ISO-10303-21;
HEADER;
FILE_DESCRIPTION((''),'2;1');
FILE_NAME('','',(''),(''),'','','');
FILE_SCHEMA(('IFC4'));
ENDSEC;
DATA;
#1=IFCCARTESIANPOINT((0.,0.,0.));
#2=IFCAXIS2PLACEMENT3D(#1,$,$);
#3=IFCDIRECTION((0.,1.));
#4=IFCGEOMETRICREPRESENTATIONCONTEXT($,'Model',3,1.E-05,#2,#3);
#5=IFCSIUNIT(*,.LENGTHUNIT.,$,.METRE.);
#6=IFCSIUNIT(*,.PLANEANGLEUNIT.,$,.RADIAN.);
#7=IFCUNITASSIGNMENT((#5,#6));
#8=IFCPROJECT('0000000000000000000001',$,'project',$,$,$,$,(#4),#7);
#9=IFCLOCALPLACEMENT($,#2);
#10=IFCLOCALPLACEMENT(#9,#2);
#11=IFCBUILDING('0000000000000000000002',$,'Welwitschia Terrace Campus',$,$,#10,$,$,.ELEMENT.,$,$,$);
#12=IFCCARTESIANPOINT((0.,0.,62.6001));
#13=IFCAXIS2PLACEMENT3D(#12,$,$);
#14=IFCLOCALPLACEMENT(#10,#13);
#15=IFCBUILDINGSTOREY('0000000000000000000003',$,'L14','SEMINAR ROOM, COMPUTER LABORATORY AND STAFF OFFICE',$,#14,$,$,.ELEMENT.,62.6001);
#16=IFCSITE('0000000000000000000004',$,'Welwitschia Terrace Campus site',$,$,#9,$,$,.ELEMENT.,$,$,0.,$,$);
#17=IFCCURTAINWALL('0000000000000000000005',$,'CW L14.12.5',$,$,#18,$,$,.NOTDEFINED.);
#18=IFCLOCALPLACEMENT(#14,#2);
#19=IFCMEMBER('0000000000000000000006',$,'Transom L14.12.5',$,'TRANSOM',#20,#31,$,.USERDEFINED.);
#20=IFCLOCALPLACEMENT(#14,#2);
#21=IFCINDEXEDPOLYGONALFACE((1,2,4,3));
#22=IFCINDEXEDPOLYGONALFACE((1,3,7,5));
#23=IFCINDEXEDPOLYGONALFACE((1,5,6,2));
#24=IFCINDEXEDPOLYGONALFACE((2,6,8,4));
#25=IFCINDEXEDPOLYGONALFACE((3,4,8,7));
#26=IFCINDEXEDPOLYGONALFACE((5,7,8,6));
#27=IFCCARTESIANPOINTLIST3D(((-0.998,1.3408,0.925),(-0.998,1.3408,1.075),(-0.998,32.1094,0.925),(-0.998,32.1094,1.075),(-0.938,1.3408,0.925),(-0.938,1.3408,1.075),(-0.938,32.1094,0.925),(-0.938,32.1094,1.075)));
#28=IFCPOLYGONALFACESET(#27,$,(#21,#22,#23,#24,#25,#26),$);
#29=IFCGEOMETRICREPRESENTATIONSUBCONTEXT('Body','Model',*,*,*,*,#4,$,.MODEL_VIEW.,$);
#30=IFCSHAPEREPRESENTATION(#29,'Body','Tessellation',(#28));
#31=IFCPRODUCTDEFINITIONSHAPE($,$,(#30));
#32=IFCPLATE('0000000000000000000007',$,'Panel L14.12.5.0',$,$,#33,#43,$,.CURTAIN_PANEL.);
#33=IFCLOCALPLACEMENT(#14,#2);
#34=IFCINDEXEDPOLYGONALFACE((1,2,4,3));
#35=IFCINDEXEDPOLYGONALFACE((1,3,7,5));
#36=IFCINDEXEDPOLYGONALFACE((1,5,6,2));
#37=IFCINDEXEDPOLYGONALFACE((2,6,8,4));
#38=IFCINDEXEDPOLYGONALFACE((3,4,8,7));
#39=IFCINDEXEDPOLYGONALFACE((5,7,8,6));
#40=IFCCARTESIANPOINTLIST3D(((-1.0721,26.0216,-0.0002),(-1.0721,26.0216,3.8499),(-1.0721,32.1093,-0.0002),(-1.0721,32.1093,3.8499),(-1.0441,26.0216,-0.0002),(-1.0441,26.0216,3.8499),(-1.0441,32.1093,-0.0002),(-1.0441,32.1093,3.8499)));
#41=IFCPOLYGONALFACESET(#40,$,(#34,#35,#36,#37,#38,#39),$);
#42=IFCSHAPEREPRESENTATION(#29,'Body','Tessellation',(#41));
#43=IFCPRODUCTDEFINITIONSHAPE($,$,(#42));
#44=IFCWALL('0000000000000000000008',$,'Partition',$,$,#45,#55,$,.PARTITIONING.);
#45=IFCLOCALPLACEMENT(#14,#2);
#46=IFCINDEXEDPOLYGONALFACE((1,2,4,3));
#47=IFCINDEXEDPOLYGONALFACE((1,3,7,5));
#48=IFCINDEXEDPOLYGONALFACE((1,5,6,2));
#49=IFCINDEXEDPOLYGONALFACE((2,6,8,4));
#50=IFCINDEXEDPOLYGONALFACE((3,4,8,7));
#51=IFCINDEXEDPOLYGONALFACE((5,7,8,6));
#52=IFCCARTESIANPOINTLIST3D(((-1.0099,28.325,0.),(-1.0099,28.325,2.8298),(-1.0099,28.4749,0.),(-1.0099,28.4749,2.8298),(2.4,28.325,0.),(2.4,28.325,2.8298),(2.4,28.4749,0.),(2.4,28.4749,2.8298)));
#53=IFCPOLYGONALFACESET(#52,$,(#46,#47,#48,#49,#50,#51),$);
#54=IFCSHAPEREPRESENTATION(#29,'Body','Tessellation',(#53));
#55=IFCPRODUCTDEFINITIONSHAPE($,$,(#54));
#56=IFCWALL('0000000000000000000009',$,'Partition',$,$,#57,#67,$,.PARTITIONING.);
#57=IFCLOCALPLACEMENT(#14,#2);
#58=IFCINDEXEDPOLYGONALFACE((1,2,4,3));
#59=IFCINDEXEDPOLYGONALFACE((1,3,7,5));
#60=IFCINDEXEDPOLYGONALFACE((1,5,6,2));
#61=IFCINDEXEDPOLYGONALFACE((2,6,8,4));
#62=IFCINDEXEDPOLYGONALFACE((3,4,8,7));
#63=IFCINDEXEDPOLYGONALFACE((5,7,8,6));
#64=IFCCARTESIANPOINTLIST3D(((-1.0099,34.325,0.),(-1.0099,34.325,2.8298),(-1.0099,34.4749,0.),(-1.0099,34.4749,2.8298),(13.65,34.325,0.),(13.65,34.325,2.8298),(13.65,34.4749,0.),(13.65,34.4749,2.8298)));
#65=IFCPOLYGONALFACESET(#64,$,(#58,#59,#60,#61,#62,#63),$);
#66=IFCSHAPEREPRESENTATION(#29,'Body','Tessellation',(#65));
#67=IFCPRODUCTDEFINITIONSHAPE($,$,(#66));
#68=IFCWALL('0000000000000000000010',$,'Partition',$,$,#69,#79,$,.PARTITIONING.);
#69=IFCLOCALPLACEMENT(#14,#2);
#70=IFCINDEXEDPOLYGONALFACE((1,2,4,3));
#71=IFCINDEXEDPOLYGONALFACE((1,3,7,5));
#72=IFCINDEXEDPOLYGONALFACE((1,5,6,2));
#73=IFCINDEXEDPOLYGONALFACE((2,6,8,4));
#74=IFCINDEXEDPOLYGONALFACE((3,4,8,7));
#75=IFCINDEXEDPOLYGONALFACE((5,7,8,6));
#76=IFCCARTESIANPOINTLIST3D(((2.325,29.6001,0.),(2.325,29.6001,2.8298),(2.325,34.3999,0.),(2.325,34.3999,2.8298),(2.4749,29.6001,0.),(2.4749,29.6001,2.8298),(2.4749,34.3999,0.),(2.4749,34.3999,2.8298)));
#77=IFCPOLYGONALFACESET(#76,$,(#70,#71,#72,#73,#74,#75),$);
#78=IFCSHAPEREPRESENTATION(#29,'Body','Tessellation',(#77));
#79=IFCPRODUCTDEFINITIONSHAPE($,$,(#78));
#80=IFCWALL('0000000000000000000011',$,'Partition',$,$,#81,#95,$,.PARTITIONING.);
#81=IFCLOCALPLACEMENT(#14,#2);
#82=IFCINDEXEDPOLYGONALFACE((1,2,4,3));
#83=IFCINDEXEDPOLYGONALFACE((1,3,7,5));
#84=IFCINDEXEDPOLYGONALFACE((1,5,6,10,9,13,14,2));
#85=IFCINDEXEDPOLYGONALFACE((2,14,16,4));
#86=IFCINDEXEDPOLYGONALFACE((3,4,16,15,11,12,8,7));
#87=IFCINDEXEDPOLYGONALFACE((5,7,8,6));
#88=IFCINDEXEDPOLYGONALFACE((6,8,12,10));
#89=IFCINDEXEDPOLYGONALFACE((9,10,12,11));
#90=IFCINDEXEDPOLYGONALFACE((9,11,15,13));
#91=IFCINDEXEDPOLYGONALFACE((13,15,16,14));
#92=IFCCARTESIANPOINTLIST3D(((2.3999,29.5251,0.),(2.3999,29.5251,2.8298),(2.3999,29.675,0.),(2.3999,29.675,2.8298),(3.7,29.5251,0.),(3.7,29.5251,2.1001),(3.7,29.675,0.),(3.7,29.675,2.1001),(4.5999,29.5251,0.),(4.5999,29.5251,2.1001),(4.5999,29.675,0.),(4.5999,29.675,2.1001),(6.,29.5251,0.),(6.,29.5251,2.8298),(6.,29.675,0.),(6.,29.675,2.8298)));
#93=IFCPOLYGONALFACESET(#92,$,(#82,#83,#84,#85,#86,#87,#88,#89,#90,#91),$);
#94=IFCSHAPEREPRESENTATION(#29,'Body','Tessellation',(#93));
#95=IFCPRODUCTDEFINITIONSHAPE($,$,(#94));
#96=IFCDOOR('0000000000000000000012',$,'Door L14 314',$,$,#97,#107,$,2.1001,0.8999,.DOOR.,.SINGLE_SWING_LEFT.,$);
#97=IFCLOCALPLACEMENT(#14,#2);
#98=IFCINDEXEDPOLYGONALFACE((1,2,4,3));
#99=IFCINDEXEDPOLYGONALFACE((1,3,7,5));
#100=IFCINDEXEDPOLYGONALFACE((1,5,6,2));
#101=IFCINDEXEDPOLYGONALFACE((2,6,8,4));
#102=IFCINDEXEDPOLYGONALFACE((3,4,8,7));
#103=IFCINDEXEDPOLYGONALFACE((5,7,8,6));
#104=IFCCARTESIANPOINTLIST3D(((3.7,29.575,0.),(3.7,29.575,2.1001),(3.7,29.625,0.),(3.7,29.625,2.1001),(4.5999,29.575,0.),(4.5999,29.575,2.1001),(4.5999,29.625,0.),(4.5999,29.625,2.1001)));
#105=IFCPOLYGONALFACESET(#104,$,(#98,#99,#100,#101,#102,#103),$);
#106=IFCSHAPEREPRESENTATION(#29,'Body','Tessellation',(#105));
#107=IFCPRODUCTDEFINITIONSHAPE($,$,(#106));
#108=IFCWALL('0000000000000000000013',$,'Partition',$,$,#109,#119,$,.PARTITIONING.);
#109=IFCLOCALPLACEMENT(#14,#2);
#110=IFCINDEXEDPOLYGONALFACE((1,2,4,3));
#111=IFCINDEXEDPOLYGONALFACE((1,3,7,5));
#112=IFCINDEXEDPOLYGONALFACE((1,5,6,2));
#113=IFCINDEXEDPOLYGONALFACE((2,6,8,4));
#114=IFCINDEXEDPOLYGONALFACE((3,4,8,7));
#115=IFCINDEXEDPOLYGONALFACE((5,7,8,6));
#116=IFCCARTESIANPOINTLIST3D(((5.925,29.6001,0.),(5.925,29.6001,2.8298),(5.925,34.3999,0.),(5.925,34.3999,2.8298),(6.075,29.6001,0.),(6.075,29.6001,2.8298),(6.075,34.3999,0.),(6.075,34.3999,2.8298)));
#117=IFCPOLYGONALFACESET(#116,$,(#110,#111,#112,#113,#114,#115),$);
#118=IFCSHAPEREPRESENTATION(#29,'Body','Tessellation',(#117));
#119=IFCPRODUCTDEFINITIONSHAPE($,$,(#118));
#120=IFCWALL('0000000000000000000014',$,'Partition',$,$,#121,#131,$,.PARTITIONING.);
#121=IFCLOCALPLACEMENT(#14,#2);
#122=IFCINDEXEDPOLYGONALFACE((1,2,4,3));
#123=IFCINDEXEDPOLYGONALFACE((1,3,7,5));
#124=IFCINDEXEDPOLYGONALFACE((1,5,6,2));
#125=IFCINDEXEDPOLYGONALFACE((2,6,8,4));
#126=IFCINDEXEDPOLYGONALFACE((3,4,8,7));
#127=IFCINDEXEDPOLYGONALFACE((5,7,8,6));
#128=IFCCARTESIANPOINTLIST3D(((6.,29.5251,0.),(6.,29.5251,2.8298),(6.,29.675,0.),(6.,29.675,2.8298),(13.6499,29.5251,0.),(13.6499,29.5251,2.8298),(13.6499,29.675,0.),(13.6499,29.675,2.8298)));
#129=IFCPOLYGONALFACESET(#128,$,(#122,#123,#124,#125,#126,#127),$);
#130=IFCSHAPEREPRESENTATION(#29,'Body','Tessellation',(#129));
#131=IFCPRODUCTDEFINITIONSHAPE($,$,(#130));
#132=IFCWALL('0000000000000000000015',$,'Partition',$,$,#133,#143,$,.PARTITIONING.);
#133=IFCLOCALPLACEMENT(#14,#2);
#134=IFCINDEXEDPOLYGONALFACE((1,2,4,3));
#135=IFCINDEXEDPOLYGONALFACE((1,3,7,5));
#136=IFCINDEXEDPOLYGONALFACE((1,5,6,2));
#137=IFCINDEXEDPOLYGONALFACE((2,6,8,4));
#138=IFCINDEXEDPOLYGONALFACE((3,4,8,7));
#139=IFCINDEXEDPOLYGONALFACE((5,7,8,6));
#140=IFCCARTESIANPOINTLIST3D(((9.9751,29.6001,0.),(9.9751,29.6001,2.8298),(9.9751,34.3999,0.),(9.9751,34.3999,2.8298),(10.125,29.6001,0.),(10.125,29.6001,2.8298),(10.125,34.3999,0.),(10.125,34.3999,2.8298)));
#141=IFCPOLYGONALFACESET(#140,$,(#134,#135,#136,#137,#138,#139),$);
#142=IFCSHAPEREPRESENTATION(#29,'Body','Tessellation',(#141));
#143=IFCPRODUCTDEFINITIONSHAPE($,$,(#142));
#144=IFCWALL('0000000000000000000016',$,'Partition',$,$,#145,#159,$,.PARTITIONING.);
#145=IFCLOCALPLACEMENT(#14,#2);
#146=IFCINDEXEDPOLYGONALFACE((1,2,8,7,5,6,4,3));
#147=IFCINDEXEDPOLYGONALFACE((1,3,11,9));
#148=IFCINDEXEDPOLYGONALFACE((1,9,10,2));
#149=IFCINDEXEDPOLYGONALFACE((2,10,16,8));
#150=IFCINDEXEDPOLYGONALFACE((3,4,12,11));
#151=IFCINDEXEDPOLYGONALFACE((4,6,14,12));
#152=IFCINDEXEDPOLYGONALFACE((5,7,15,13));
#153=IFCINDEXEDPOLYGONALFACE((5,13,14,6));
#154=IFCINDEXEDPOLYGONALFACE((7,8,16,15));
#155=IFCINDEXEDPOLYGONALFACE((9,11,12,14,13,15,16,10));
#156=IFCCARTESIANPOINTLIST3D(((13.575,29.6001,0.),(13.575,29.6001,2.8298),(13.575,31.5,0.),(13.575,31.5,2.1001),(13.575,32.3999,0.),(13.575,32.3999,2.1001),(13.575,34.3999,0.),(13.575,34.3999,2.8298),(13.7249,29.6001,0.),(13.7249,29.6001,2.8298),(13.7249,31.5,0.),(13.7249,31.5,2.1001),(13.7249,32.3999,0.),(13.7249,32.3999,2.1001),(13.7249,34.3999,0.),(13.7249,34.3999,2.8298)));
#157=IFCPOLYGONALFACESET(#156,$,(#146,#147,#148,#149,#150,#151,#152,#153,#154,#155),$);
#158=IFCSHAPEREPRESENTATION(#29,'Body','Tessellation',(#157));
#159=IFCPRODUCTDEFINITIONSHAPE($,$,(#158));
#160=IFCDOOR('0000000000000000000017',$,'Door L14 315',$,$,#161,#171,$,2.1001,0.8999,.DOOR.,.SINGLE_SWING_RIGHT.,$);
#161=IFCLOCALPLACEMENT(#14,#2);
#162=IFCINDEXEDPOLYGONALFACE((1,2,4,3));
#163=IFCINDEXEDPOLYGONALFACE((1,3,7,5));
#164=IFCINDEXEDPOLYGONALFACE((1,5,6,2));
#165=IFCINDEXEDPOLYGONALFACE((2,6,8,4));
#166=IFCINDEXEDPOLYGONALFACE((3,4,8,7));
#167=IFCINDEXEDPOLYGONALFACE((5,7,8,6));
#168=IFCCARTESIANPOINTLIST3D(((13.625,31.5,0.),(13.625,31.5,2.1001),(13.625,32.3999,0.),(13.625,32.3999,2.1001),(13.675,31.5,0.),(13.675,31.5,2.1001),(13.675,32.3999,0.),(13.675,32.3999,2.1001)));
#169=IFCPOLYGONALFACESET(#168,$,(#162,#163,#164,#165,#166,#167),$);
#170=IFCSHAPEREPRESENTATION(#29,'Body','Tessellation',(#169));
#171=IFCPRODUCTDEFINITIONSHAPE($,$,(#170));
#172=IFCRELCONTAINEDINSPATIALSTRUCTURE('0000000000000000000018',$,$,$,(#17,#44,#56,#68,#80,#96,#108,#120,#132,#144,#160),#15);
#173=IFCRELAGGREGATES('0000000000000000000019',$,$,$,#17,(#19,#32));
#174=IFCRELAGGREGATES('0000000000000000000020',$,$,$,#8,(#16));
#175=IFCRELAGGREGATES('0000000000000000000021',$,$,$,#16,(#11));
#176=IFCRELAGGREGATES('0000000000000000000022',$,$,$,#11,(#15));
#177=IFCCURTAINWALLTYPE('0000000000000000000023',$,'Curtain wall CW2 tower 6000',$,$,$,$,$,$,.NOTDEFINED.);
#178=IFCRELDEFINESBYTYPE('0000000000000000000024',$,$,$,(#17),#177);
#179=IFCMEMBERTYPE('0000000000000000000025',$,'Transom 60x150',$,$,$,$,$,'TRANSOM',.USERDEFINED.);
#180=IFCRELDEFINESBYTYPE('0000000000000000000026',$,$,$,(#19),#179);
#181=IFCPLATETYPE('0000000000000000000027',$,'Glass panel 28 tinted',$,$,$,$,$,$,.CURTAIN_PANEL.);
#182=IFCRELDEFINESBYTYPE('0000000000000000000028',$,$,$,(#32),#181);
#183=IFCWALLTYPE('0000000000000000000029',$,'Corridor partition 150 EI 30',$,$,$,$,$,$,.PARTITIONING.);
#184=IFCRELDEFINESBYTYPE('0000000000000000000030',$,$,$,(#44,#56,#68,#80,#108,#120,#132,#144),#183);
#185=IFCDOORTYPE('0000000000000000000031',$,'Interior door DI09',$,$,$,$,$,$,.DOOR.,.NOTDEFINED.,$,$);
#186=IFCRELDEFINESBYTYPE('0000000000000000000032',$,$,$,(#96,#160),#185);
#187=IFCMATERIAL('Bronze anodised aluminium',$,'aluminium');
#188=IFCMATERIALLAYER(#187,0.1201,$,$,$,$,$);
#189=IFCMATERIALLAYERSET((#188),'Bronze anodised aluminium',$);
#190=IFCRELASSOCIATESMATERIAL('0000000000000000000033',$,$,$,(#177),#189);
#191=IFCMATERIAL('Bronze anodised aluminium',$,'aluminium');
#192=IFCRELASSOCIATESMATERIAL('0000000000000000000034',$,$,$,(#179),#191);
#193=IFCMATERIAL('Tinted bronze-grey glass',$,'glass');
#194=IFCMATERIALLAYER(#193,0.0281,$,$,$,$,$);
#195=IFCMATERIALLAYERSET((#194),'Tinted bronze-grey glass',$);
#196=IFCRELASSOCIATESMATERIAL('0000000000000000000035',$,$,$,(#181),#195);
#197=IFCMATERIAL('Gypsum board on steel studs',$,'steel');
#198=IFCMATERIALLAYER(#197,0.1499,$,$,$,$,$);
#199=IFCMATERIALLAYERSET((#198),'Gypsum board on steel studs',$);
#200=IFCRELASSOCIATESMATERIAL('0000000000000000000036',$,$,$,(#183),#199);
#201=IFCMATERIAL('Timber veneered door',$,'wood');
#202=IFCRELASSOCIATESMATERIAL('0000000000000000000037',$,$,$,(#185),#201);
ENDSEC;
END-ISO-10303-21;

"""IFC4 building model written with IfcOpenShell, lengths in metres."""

from ifc_helpers import new_model, si_unit, direction, frame, frame_2d, origin, origin_2d, place, context, subcontext, project, spatial, rectangle, extrude, material, layer, layer_set, material_profile, profile_set, type_object, element, fill, aggregate, save


model = new_model("IFC4")

# Units and contexts
model_context = context("Model", 3, precision=1e-05, world=origin(), true_north=direction((0.0, 1.0)))
body_context = subcontext(model_context, "Body", "Model", "MODEL_VIEW")
ifc_project = project(units=[si_unit("LENGTHUNIT", "METRE"), si_unit("PLANEANGLEUNIT", "RADIAN")], contexts=[model_context])

# Site, building, storey
site_placement = place(None, origin())
site = spatial("IfcSite", under=ifc_project, at=site_placement, Name="Welwitschia Terrace Campus site", CompositionType="ELEMENT", RefElevation=0.0)
building_placement = place(site_placement, origin())
building = spatial("IfcBuilding", under=site, at=building_placement, Name="Welwitschia Terrace Campus", CompositionType="ELEMENT")
storey_placement = place(building_placement, frame((0.0, 0.0, 62.6001)))
storey = spatial("IfcBuildingStorey", under=building, at=storey_placement, Name="L14", Description="SEMINAR ROOM, COMPUTER LABORATORY AND STAFF OFFICE", CompositionType="ELEMENT", Elevation=62.6001)

# Curtain wall
ifc_material_1 = material(Name="Bronze anodised aluminium", Category="aluminium")
ifc_layer_1 = layer(ifc_material_1, 0.1201)
ifc_layer_set_1 = layer_set([ifc_layer_1], Name="Bronze anodised aluminium")
curtain_wall_type = type_object("IfcCurtainWallType", Name="Curtain wall CW2 tower 6000", PredefinedType="NOTDEFINED", material=ifc_layer_set_1)
curtain_wall_placement = place(storey_placement, origin())
curtain_wall = element("IfcCurtainWall", 1, at=curtain_wall_placement, inside=storey, type_object=curtain_wall_type, Name="CW L14.12.5", PredefinedType="NOTDEFINED")

# Member
ifc_material_2 = material(Name="Bronze anodised aluminium", Category="aluminium")
ifc_material_profile_1 = material_profile(ifc_material_2, rectangle(XDim=0.0601, YDim=0.1499, at=origin_2d()))
ifc_profile_set_1 = profile_set([ifc_material_profile_1], Name="Bronze anodised aluminium")
member_type_1 = type_object("IfcMemberType", Name="Transom 60x150", ElementType="TRANSOM", PredefinedType="USERDEFINED", material=ifc_profile_set_1)
member_1_placement = place(storey_placement, frame((-0.968, 32.1094, 1.0), z_axis=(0.0, -1.0, 0.0), x_axis=(1.0, 0.0, 0.0)))
member_1 = element("IfcMember", 2, at=member_1_placement, type_object=member_type_1, Name="Transom L14.12.5", ObjectType="TRANSOM", PredefinedType="USERDEFINED", context=body_context, shape_type="SweptSolid", body=[
    extrude(rectangle(XDim=0.0601, YDim=0.1499, at=origin_2d()), origin(), (0.0, 0.0, 1.0), 30.7686),
])

# Plate
ifc_material_3 = material(Name="Tinted bronze-grey glass", Category="glass")
ifc_layer_2 = layer(ifc_material_3, 0.0281)
ifc_layer_set_2 = layer_set([ifc_layer_2], Name="Tinted bronze-grey glass")
plate_type = type_object("IfcPlateType", Name="Glass panel 28 tinted", PredefinedType="CURTAIN_PANEL", material=ifc_layer_set_2)
plate_placement = place(storey_placement, frame((-1.0581, 29.0654, -0.0002), z_axis=(0.0, 0.0, 1.0), x_axis=(0.0, -1.0, 0.0)))
plate = element("IfcPlate", 3, at=plate_placement, type_object=plate_type, Name="Panel L14.12.5.0", PredefinedType="CURTAIN_PANEL", context=body_context, shape_type="SweptSolid", body=[
    extrude(rectangle(XDim=6.0876, YDim=0.0281, at=origin_2d()), origin(), (0.0, 0.0, 1.0), 3.8501),
])
aggregate(curtain_wall, [member_1, plate])

# Walls
ifc_material_4 = material(Name="Gypsum board on steel studs", Category="steel")
ifc_layer_3 = layer(ifc_material_4, 0.1499)
ifc_layer_set_3 = layer_set([ifc_layer_3], Name="Gypsum board on steel studs")
wall_type_1 = type_object("IfcWallType", Name="Corridor partition 150 EI 30", PredefinedType="PARTITIONING", material=ifc_layer_set_3)
wall_1_placement = place(storey_placement, frame((-1.01, 28.3999, 0.0), z_axis=(0.0, 0.0, 1.0), x_axis=(1.0, 0.0, 0.0)))
element("IfcWall", 4, at=wall_1_placement, inside=storey, type_object=wall_type_1, Name="Partition", PredefinedType="PARTITIONING", context=body_context, shape_type="SweptSolid", body=[
    extrude(rectangle(XDim=3.4099, YDim=0.1499, at=frame_2d((1.7051, 0.0))), origin(), (0.0, 0.0, 1.0), 2.8298),
])
wall_2_placement = place(storey_placement, frame((-1.01, 34.3999, 0.0), z_axis=(0.0, 0.0, 1.0), x_axis=(1.0, 0.0, 0.0)))
element("IfcWall", 5, at=wall_2_placement, inside=storey, type_object=wall_type_1, Name="Partition", PredefinedType="PARTITIONING", context=body_context, shape_type="SweptSolid", body=[
    extrude(rectangle(XDim=14.6599, YDim=0.1499, at=frame_2d((7.3301, 0.0))), origin(), (0.0, 0.0, 1.0), 2.8298),
])
wall_3_placement = place(storey_placement, frame((2.3999, 29.6001, 0.0), z_axis=(0.0, 0.0, 1.0), x_axis=(0.0, 1.0, 0.0)))
element("IfcWall", 6, at=wall_3_placement, inside=storey, type_object=wall_type_1, Name="Partition", PredefinedType="PARTITIONING", context=body_context, shape_type="SweptSolid", body=[
    extrude(rectangle(XDim=4.7998, YDim=0.1499, at=frame_2d((2.3999, 0.0))), origin(), (0.0, 0.0, 1.0), 2.8298),
])

# Wall, opening, door
wall_4_placement = place(storey_placement, frame((2.3999, 29.6001, 0.0), z_axis=(0.0, 0.0, 1.0), x_axis=(1.0, 0.0, 0.0)))
wall_4 = element("IfcWall", 7, at=wall_4_placement, inside=storey, type_object=wall_type_1, Name="Partition", PredefinedType="PARTITIONING", context=body_context, shape_type="SweptSolid", body=[
    extrude(rectangle(XDim=3.6001, YDim=0.1499, at=frame_2d((1.8, 0.0))), origin(), (0.0, 0.0, 1.0), 2.8298),
])
opening_1_placement = place(wall_4_placement, frame((1.3, 0.0, 0.0)))
opening_1 = element("IfcOpeningElement", 8, at=opening_1_placement, cuts=wall_4, PredefinedType="OPENING", context=body_context, shape_type="SweptSolid", body=[
    extrude(rectangle(XDim=0.8999, YDim=2.1001, at=frame_2d((0.45, 1.05))), frame((0.0, 0.085, 0.0), z_axis=(0.0, -1.0, 0.0), x_axis=(1.0, 0.0, 0.0)), (0.0, 0.0, 1.0), 0.1699),
])
ifc_material_5 = material(Name="Timber veneered door", Category="wood")
door_type_1 = type_object("IfcDoorType", Name="Interior door DI09", OperationType="NOTDEFINED", PredefinedType="DOOR", material=ifc_material_5)
door_1_placement = place(opening_1_placement, origin())
door_1 = element("IfcDoor", 9, at=door_1_placement, inside=storey, type_object=door_type_1, Name="Door L14 314", OperationType="SINGLE_SWING_LEFT", OverallHeight=2.1001, OverallWidth=0.8999, PredefinedType="DOOR", context=body_context, shape_type="SweptSolid", body=[
    extrude(rectangle(XDim=0.8999, YDim=2.1001, at=frame_2d((0.45, 1.05))), frame((0.0, 0.0249, 0.0), z_axis=(0.0, -1.0, 0.0), x_axis=(1.0, 0.0, 0.0)), (0.0, 0.0, 1.0), 0.05),
])
fill(opening_1, door_1)

# Walls
wall_5_placement = place(storey_placement, frame((6.0, 29.6001, 0.0), z_axis=(0.0, 0.0, 1.0), x_axis=(0.0, 1.0, 0.0)))
element("IfcWall", 10, at=wall_5_placement, inside=storey, type_object=wall_type_1, Name="Partition", PredefinedType="PARTITIONING", context=body_context, shape_type="SweptSolid", body=[
    extrude(rectangle(XDim=4.7998, YDim=0.1499, at=frame_2d((2.3999, 0.0))), origin(), (0.0, 0.0, 1.0), 2.8298),
])
wall_6_placement = place(storey_placement, frame((6.0, 29.6001, 0.0), z_axis=(0.0, 0.0, 1.0), x_axis=(1.0, 0.0, 0.0)))
element("IfcWall", 11, at=wall_6_placement, inside=storey, type_object=wall_type_1, Name="Partition", PredefinedType="PARTITIONING", context=body_context, shape_type="SweptSolid", body=[
    extrude(rectangle(XDim=7.6499, YDim=0.1499, at=frame_2d((3.825, 0.0))), origin(), (0.0, 0.0, 1.0), 2.8298),
])
wall_7_placement = place(storey_placement, frame((10.05, 29.6001, 0.0), z_axis=(0.0, 0.0, 1.0), x_axis=(0.0, 1.0, 0.0)))
element("IfcWall", 12, at=wall_7_placement, inside=storey, type_object=wall_type_1, Name="Partition", PredefinedType="PARTITIONING", context=body_context, shape_type="SweptSolid", body=[
    extrude(rectangle(XDim=4.7998, YDim=0.1499, at=frame_2d((2.3999, 0.0))), origin(), (0.0, 0.0, 1.0), 2.8298),
])

# Wall, opening, door
wall_8_placement = place(storey_placement, frame((13.6499, 29.6001, 0.0), z_axis=(0.0, 0.0, 1.0), x_axis=(0.0, 1.0, 0.0)))
wall_8 = element("IfcWall", 13, at=wall_8_placement, inside=storey, type_object=wall_type_1, Name="Partition", PredefinedType="PARTITIONING", context=body_context, shape_type="SweptSolid", body=[
    extrude(rectangle(XDim=4.7998, YDim=0.1499, at=frame_2d((2.3999, 0.0))), origin(), (0.0, 0.0, 1.0), 2.8298),
])
opening_2_placement = place(wall_8_placement, frame((1.8999, 0.0, 0.0)))
opening_2 = element("IfcOpeningElement", 14, at=opening_2_placement, cuts=wall_8, PredefinedType="OPENING", context=body_context, shape_type="SweptSolid", body=[
    extrude(rectangle(XDim=0.8999, YDim=2.1001, at=frame_2d((0.45, 1.05))), frame((0.0, 0.085, 0.0), z_axis=(0.0, -1.0, 0.0), x_axis=(1.0, 0.0, 0.0)), (0.0, 0.0, 1.0), 0.1699),
])
door_2_placement = place(opening_2_placement, origin())
door_2 = element("IfcDoor", 15, at=door_2_placement, inside=storey, type_object=door_type_1, Name="Door L14 315", OperationType="SINGLE_SWING_RIGHT", OverallHeight=2.1001, OverallWidth=0.8999, PredefinedType="DOOR", context=body_context, shape_type="SweptSolid", body=[
    extrude(rectangle(XDim=0.8999, YDim=2.1001, at=frame_2d((0.45, 1.05))), frame((0.0, 0.0249, 0.0), z_axis=(0.0, -1.0, 0.0), x_axis=(1.0, 0.0, 0.0)), (0.0, 0.0, 1.0), 0.05),
])
fill(opening_2, door_2)

save(model, "model.ifc")
